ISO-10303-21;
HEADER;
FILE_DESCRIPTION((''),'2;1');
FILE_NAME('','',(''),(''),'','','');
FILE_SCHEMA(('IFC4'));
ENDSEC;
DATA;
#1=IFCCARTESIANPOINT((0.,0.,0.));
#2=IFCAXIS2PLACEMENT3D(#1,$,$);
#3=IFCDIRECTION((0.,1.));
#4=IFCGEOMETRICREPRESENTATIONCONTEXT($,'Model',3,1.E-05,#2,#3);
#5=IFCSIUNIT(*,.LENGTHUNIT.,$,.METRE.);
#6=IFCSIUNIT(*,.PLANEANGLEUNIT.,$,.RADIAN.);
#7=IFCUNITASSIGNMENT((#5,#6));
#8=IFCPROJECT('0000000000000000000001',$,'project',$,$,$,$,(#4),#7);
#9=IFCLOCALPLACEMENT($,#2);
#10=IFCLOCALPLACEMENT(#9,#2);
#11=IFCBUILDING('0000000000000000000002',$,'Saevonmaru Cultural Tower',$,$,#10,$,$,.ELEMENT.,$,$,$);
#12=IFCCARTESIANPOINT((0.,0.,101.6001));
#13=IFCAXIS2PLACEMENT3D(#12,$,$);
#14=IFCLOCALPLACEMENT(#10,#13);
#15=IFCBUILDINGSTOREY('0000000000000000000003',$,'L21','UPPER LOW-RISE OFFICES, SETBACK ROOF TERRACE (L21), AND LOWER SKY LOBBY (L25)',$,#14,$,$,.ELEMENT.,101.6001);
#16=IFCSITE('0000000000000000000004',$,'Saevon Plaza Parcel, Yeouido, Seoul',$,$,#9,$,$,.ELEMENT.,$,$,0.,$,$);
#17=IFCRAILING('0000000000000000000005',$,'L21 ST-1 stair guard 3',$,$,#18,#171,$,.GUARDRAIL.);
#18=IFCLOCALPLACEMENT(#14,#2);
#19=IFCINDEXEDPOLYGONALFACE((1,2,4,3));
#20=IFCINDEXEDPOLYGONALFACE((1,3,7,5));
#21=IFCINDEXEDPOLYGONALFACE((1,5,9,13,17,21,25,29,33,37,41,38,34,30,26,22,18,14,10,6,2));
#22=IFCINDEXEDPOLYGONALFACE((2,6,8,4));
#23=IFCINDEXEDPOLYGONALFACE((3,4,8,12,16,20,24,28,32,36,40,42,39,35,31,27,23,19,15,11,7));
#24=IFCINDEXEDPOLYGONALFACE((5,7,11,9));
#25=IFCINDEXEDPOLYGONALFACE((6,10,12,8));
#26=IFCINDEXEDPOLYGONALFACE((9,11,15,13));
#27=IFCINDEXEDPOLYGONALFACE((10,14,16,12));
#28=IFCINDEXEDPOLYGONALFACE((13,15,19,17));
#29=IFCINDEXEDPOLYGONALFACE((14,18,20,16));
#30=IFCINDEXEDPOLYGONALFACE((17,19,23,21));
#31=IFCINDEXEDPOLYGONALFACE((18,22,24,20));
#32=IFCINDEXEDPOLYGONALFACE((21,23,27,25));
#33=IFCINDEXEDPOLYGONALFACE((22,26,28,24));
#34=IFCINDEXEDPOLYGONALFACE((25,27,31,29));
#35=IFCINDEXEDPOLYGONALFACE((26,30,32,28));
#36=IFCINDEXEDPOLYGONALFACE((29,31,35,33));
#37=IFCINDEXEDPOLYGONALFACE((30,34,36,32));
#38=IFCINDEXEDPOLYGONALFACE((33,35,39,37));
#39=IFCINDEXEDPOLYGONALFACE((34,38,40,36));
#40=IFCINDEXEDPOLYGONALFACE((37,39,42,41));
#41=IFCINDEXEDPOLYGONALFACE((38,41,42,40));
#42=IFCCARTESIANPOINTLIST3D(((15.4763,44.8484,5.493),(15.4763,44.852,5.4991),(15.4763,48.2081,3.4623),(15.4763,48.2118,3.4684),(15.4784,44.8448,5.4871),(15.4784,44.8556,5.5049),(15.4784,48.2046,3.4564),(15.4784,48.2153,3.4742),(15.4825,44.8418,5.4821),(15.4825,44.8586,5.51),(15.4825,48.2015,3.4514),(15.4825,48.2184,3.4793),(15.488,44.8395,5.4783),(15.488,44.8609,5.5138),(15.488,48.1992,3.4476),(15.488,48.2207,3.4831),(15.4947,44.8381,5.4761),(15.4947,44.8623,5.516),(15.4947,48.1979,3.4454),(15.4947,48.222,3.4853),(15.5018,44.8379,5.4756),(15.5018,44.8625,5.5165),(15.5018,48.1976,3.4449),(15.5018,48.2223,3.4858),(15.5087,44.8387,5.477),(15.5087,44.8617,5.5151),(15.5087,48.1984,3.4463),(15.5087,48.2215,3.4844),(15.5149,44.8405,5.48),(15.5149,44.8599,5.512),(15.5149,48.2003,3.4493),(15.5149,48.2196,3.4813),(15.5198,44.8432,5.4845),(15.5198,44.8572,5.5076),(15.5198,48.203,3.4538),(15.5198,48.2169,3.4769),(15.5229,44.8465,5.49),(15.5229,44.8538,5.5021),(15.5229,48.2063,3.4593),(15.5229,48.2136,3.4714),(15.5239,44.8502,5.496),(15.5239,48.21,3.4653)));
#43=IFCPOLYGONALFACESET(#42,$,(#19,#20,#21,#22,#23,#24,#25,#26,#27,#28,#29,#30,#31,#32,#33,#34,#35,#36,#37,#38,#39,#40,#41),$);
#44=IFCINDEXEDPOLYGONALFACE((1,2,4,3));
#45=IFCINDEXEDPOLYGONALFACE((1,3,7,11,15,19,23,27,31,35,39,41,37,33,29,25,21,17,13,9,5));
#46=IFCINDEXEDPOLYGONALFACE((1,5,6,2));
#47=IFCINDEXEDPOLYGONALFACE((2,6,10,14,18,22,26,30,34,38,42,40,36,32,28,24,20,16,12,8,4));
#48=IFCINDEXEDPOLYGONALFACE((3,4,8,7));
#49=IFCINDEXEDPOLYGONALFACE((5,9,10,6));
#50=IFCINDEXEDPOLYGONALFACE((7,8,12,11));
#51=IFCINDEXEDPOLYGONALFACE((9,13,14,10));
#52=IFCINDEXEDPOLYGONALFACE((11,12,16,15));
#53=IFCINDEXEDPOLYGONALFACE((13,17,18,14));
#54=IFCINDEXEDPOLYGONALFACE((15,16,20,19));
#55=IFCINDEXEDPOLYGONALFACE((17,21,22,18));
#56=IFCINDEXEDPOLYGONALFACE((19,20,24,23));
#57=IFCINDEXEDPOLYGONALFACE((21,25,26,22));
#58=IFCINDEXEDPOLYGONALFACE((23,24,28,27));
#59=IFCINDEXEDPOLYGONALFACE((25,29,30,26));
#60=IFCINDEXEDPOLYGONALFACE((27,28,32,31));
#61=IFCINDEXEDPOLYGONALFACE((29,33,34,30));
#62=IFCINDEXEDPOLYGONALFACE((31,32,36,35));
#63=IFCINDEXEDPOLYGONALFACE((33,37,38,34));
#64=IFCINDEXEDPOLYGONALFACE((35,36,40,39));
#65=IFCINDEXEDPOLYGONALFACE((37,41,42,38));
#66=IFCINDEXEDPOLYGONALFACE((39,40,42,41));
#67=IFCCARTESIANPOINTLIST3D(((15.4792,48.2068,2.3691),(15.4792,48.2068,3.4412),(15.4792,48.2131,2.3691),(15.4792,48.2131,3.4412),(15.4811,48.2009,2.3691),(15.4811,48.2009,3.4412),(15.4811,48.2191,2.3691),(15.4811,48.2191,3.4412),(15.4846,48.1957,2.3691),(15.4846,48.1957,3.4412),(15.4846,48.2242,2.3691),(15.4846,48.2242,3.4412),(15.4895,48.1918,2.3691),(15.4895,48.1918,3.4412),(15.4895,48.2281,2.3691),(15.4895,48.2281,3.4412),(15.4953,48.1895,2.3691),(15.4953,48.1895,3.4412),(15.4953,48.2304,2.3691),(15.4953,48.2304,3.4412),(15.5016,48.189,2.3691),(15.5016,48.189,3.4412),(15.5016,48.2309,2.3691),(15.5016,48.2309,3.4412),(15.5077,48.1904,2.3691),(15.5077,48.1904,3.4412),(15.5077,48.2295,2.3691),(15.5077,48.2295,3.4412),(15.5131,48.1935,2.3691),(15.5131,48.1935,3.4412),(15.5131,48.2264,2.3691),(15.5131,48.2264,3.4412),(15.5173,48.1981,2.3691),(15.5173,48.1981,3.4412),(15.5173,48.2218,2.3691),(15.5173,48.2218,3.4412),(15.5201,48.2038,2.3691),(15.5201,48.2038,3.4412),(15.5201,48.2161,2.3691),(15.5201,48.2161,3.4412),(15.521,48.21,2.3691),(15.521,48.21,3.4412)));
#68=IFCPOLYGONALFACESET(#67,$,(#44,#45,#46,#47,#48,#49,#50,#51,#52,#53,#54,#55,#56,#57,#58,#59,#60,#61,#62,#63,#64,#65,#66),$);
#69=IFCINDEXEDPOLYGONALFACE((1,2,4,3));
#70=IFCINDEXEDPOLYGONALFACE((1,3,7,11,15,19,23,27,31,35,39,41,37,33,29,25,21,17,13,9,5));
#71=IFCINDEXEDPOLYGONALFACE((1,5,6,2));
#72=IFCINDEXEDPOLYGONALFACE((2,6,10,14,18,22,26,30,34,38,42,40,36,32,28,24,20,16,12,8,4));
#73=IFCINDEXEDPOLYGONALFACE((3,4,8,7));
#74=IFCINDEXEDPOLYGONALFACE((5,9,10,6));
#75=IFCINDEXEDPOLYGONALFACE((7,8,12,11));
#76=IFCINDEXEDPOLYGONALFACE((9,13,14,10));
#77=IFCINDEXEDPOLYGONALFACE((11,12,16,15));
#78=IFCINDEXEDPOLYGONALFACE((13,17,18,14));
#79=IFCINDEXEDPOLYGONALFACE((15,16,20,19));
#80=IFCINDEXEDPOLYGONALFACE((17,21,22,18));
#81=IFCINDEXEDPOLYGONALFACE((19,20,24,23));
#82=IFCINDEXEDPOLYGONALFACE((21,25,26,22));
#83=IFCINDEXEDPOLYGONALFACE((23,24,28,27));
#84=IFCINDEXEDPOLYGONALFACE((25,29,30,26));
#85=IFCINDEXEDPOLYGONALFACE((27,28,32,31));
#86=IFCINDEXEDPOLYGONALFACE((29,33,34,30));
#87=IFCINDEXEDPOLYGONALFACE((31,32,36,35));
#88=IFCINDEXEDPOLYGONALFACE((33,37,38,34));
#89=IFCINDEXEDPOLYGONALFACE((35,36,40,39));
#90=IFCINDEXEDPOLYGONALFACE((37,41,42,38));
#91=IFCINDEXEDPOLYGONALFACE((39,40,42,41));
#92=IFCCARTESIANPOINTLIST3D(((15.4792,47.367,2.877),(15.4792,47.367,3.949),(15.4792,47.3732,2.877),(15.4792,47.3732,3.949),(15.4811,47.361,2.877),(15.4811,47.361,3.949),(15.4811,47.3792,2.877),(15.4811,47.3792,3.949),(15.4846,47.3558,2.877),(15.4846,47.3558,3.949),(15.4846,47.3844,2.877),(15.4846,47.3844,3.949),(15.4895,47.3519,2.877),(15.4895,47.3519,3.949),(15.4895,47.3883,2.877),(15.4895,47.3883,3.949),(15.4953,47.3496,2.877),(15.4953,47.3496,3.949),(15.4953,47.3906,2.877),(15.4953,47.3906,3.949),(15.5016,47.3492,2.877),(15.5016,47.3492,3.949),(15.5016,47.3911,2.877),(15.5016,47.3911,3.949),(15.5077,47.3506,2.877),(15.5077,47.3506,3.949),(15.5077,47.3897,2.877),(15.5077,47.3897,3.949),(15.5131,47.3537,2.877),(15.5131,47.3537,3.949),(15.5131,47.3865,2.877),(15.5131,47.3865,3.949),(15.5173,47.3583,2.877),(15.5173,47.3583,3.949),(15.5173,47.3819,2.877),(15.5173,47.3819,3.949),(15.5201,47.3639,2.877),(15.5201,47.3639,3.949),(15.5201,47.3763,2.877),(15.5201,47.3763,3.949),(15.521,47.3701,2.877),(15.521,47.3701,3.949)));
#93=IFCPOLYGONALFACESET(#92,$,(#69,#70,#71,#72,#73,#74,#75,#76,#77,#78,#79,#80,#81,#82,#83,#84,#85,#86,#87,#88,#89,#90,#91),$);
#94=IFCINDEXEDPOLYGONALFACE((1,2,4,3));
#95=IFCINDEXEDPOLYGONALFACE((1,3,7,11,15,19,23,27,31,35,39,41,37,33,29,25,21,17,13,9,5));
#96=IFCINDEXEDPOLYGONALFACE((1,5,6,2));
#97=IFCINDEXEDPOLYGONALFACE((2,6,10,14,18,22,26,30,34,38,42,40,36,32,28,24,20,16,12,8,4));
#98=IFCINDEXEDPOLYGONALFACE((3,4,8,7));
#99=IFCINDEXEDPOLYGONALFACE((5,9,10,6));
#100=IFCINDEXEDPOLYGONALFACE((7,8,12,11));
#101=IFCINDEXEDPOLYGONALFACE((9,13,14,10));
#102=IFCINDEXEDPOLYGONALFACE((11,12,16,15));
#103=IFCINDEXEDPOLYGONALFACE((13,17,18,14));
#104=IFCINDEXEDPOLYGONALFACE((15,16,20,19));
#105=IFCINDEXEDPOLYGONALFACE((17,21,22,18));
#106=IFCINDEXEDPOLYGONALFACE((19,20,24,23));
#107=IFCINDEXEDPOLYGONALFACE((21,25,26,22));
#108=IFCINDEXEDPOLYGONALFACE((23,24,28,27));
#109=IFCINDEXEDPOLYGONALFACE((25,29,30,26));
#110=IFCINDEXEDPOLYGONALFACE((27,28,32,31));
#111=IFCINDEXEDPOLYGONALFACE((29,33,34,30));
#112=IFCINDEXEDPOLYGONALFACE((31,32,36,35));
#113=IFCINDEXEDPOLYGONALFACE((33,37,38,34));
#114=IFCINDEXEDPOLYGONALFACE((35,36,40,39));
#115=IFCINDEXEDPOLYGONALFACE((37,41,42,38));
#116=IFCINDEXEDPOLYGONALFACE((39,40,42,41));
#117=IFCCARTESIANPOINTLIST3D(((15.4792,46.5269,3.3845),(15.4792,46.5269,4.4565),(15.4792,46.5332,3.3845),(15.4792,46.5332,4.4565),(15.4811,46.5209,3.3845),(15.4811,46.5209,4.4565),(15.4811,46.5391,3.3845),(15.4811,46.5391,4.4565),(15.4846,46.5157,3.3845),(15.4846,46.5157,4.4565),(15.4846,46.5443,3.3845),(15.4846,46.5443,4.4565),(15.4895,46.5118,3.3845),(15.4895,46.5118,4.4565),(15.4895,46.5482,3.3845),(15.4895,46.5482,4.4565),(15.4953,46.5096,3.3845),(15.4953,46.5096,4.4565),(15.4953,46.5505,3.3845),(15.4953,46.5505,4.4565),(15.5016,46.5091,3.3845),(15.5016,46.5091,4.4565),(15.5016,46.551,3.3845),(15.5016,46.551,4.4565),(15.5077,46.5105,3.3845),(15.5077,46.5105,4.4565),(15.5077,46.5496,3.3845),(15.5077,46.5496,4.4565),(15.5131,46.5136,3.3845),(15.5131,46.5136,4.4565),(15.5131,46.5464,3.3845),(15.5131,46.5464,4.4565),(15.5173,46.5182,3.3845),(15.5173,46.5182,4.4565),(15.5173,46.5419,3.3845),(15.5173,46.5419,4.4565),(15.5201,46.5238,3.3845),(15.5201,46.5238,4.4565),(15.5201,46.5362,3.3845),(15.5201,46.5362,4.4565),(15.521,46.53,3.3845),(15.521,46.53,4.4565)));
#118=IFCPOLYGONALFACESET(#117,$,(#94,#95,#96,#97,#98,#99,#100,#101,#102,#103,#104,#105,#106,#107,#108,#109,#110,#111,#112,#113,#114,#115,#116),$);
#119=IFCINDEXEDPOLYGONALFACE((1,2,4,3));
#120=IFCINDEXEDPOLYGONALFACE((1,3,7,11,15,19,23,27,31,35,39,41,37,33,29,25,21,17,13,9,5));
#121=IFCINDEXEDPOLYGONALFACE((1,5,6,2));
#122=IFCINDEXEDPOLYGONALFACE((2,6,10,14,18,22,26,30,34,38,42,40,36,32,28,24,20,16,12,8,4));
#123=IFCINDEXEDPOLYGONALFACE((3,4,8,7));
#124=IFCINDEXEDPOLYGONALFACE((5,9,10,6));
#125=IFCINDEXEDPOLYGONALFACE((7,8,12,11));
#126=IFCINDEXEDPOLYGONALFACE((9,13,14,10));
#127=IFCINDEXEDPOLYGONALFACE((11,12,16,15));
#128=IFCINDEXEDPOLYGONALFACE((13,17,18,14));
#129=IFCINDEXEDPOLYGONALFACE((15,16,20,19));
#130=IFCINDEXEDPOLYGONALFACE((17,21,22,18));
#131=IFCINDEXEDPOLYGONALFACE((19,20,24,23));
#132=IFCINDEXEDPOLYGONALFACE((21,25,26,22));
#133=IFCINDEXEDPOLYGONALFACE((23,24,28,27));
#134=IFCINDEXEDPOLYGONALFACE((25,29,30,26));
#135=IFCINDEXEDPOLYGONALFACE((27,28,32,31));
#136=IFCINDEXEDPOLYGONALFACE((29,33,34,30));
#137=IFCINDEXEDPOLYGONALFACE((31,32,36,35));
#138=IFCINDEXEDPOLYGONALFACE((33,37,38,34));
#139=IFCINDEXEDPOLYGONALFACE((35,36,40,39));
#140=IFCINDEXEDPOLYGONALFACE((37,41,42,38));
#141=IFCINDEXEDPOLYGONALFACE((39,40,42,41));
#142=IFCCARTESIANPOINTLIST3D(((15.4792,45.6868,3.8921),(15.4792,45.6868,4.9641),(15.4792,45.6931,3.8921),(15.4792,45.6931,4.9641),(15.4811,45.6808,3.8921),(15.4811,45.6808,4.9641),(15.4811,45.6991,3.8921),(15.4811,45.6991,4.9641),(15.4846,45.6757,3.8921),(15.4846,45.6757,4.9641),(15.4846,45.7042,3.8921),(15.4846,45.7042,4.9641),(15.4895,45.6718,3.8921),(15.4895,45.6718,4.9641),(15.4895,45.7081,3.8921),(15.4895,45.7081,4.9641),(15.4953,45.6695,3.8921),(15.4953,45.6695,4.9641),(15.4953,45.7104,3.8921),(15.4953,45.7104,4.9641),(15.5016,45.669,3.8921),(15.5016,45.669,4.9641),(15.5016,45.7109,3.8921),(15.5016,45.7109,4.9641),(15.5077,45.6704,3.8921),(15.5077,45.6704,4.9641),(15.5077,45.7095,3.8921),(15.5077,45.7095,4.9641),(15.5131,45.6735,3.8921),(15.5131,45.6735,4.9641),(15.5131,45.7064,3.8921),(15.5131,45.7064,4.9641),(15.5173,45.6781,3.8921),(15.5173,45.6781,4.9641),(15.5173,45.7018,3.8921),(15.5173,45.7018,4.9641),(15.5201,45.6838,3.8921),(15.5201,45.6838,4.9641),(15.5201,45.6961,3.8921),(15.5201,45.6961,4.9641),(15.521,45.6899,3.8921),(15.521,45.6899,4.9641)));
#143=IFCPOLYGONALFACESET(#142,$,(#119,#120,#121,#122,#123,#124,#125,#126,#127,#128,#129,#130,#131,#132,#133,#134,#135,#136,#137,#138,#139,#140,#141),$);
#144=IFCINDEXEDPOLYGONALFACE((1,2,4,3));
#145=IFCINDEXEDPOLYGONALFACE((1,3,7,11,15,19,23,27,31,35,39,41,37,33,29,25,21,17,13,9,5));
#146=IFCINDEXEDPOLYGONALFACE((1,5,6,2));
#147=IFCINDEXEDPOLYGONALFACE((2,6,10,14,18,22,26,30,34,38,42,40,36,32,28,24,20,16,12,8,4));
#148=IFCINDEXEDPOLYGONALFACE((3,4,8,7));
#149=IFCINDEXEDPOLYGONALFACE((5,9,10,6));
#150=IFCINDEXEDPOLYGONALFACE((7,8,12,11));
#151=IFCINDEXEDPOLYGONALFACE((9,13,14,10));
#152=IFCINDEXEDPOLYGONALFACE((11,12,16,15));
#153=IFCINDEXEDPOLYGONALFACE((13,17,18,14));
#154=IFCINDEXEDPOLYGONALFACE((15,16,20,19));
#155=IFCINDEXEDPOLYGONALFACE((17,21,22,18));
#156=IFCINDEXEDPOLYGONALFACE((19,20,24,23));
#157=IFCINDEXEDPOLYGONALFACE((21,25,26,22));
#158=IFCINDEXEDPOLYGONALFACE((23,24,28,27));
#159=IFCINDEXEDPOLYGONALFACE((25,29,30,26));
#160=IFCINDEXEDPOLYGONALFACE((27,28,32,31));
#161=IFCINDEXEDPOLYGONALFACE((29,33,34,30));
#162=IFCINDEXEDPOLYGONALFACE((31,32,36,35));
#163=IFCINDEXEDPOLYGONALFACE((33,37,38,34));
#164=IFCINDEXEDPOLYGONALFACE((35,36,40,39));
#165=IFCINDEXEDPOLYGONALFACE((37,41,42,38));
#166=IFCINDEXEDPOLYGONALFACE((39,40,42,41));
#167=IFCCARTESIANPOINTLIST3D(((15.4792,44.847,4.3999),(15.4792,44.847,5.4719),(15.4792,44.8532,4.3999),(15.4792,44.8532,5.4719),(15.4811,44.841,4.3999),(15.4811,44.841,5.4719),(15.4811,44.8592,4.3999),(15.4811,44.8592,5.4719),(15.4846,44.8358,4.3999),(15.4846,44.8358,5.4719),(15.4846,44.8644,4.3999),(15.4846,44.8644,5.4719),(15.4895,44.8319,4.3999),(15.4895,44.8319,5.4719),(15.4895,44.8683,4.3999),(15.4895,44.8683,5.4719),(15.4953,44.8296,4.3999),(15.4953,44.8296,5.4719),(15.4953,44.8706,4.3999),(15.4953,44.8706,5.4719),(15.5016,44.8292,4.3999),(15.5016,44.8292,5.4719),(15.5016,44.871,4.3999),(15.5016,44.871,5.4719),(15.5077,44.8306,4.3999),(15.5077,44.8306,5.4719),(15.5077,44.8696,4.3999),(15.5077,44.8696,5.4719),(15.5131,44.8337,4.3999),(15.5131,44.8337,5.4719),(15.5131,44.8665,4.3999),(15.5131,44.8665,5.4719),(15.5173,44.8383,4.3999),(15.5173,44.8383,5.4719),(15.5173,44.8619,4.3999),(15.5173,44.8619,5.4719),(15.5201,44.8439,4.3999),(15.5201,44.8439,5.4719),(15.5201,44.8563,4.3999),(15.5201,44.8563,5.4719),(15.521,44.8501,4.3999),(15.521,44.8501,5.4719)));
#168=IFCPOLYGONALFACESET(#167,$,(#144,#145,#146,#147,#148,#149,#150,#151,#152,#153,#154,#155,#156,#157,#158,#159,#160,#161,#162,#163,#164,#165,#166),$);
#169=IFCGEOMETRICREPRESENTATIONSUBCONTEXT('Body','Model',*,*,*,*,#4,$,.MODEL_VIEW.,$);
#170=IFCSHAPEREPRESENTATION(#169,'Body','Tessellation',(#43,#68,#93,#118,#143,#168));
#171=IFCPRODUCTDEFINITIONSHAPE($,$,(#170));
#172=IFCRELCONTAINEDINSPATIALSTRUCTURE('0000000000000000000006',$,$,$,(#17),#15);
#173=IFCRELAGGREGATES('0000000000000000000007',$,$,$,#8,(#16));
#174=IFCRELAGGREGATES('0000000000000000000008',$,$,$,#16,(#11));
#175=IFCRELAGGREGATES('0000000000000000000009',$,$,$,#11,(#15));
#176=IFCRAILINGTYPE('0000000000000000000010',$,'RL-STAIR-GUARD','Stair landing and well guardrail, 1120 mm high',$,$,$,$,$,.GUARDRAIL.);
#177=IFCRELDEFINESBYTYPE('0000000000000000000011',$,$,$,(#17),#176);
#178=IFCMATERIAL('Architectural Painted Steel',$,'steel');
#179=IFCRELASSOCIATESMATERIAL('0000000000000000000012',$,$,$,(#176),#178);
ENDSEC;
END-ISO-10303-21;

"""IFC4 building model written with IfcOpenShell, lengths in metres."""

from ifc_helpers import new_model, si_unit, direction, frame, origin, origin_2d, place, context, subcontext, project, spatial, circle, extrude, material, type_object, element, save


model = new_model("IFC4")

# Units and contexts
model_context = context("Model", 3, precision=1e-05, world=origin(), true_north=direction((0.0, 1.0)))
body_context = subcontext(model_context, "Body", "Model", "MODEL_VIEW")
ifc_project = project(units=[si_unit("LENGTHUNIT", "METRE"), si_unit("PLANEANGLEUNIT", "RADIAN")], contexts=[model_context])

# Site, building, storey
site_placement = place(None, origin())
site = spatial("IfcSite", under=ifc_project, at=site_placement, Name="Saevon Plaza Parcel, Yeouido, Seoul", CompositionType="ELEMENT", RefElevation=0.0)
building_placement = place(site_placement, origin())
building = spatial("IfcBuilding", under=site, at=building_placement, Name="Saevonmaru Cultural Tower", CompositionType="ELEMENT")
storey_placement = place(building_placement, frame((0.0, 0.0, 101.6001)))
storey = spatial("IfcBuildingStorey", under=building, at=storey_placement, Name="L21", Description="UPPER LOW-RISE OFFICES, SETBACK ROOF TERRACE (L21), AND LOWER SKY LOBBY (L25)", CompositionType="ELEMENT", Elevation=101.6001)

# Railing
ifc_material_1 = material(Name="Architectural Painted Steel", Category="steel")
railing_type_1 = type_object("IfcRailingType", Name="RL-STAIR-GUARD", Description="Stair landing and well guardrail, 1120 mm high", PredefinedType="GUARDRAIL", material=ifc_material_1)
railing_1_placement = place(storey_placement, frame((15.5, 48.21, 2.3691)))
element("IfcRailing", 1, at=railing_1_placement, inside=storey, type_object=railing_type_1, Name="L21 ST-1 stair guard 3", PredefinedType="GUARDRAIL", context=body_context, shape_type="SweptSolid", body=[
    extrude(circle(Radius=0.0239, at=origin_2d()), frame((0.0, 0.0, 1.0962), z_axis=(0.0, -0.85582, 0.517273), x_axis=(1.0, 0.0, 0.0)), (0.0, 0.0, 1.0), 3.9258),
    extrude(circle(Radius=0.021, at=origin_2d()), origin(), (0.0, 0.0, 1.0), 1.072),
    extrude(circle(Radius=0.021, at=origin_2d()), frame((0.0, -0.8398, 0.5078)), (0.0, 0.0, 1.0), 1.072),
    extrude(circle(Radius=0.021, at=origin_2d()), frame((0.0, -1.6799, 1.0154)), (0.0, 0.0, 1.0), 1.072),
    extrude(circle(Radius=0.021, at=origin_2d()), frame((0.0, -2.52, 1.5229)), (0.0, 0.0, 1.0), 1.072),
    extrude(circle(Radius=0.021, at=origin_2d()), frame((0.0, -3.3599, 2.0308)), (0.0, 0.0, 1.0), 1.072),
])

save(model, "model.ifc")
